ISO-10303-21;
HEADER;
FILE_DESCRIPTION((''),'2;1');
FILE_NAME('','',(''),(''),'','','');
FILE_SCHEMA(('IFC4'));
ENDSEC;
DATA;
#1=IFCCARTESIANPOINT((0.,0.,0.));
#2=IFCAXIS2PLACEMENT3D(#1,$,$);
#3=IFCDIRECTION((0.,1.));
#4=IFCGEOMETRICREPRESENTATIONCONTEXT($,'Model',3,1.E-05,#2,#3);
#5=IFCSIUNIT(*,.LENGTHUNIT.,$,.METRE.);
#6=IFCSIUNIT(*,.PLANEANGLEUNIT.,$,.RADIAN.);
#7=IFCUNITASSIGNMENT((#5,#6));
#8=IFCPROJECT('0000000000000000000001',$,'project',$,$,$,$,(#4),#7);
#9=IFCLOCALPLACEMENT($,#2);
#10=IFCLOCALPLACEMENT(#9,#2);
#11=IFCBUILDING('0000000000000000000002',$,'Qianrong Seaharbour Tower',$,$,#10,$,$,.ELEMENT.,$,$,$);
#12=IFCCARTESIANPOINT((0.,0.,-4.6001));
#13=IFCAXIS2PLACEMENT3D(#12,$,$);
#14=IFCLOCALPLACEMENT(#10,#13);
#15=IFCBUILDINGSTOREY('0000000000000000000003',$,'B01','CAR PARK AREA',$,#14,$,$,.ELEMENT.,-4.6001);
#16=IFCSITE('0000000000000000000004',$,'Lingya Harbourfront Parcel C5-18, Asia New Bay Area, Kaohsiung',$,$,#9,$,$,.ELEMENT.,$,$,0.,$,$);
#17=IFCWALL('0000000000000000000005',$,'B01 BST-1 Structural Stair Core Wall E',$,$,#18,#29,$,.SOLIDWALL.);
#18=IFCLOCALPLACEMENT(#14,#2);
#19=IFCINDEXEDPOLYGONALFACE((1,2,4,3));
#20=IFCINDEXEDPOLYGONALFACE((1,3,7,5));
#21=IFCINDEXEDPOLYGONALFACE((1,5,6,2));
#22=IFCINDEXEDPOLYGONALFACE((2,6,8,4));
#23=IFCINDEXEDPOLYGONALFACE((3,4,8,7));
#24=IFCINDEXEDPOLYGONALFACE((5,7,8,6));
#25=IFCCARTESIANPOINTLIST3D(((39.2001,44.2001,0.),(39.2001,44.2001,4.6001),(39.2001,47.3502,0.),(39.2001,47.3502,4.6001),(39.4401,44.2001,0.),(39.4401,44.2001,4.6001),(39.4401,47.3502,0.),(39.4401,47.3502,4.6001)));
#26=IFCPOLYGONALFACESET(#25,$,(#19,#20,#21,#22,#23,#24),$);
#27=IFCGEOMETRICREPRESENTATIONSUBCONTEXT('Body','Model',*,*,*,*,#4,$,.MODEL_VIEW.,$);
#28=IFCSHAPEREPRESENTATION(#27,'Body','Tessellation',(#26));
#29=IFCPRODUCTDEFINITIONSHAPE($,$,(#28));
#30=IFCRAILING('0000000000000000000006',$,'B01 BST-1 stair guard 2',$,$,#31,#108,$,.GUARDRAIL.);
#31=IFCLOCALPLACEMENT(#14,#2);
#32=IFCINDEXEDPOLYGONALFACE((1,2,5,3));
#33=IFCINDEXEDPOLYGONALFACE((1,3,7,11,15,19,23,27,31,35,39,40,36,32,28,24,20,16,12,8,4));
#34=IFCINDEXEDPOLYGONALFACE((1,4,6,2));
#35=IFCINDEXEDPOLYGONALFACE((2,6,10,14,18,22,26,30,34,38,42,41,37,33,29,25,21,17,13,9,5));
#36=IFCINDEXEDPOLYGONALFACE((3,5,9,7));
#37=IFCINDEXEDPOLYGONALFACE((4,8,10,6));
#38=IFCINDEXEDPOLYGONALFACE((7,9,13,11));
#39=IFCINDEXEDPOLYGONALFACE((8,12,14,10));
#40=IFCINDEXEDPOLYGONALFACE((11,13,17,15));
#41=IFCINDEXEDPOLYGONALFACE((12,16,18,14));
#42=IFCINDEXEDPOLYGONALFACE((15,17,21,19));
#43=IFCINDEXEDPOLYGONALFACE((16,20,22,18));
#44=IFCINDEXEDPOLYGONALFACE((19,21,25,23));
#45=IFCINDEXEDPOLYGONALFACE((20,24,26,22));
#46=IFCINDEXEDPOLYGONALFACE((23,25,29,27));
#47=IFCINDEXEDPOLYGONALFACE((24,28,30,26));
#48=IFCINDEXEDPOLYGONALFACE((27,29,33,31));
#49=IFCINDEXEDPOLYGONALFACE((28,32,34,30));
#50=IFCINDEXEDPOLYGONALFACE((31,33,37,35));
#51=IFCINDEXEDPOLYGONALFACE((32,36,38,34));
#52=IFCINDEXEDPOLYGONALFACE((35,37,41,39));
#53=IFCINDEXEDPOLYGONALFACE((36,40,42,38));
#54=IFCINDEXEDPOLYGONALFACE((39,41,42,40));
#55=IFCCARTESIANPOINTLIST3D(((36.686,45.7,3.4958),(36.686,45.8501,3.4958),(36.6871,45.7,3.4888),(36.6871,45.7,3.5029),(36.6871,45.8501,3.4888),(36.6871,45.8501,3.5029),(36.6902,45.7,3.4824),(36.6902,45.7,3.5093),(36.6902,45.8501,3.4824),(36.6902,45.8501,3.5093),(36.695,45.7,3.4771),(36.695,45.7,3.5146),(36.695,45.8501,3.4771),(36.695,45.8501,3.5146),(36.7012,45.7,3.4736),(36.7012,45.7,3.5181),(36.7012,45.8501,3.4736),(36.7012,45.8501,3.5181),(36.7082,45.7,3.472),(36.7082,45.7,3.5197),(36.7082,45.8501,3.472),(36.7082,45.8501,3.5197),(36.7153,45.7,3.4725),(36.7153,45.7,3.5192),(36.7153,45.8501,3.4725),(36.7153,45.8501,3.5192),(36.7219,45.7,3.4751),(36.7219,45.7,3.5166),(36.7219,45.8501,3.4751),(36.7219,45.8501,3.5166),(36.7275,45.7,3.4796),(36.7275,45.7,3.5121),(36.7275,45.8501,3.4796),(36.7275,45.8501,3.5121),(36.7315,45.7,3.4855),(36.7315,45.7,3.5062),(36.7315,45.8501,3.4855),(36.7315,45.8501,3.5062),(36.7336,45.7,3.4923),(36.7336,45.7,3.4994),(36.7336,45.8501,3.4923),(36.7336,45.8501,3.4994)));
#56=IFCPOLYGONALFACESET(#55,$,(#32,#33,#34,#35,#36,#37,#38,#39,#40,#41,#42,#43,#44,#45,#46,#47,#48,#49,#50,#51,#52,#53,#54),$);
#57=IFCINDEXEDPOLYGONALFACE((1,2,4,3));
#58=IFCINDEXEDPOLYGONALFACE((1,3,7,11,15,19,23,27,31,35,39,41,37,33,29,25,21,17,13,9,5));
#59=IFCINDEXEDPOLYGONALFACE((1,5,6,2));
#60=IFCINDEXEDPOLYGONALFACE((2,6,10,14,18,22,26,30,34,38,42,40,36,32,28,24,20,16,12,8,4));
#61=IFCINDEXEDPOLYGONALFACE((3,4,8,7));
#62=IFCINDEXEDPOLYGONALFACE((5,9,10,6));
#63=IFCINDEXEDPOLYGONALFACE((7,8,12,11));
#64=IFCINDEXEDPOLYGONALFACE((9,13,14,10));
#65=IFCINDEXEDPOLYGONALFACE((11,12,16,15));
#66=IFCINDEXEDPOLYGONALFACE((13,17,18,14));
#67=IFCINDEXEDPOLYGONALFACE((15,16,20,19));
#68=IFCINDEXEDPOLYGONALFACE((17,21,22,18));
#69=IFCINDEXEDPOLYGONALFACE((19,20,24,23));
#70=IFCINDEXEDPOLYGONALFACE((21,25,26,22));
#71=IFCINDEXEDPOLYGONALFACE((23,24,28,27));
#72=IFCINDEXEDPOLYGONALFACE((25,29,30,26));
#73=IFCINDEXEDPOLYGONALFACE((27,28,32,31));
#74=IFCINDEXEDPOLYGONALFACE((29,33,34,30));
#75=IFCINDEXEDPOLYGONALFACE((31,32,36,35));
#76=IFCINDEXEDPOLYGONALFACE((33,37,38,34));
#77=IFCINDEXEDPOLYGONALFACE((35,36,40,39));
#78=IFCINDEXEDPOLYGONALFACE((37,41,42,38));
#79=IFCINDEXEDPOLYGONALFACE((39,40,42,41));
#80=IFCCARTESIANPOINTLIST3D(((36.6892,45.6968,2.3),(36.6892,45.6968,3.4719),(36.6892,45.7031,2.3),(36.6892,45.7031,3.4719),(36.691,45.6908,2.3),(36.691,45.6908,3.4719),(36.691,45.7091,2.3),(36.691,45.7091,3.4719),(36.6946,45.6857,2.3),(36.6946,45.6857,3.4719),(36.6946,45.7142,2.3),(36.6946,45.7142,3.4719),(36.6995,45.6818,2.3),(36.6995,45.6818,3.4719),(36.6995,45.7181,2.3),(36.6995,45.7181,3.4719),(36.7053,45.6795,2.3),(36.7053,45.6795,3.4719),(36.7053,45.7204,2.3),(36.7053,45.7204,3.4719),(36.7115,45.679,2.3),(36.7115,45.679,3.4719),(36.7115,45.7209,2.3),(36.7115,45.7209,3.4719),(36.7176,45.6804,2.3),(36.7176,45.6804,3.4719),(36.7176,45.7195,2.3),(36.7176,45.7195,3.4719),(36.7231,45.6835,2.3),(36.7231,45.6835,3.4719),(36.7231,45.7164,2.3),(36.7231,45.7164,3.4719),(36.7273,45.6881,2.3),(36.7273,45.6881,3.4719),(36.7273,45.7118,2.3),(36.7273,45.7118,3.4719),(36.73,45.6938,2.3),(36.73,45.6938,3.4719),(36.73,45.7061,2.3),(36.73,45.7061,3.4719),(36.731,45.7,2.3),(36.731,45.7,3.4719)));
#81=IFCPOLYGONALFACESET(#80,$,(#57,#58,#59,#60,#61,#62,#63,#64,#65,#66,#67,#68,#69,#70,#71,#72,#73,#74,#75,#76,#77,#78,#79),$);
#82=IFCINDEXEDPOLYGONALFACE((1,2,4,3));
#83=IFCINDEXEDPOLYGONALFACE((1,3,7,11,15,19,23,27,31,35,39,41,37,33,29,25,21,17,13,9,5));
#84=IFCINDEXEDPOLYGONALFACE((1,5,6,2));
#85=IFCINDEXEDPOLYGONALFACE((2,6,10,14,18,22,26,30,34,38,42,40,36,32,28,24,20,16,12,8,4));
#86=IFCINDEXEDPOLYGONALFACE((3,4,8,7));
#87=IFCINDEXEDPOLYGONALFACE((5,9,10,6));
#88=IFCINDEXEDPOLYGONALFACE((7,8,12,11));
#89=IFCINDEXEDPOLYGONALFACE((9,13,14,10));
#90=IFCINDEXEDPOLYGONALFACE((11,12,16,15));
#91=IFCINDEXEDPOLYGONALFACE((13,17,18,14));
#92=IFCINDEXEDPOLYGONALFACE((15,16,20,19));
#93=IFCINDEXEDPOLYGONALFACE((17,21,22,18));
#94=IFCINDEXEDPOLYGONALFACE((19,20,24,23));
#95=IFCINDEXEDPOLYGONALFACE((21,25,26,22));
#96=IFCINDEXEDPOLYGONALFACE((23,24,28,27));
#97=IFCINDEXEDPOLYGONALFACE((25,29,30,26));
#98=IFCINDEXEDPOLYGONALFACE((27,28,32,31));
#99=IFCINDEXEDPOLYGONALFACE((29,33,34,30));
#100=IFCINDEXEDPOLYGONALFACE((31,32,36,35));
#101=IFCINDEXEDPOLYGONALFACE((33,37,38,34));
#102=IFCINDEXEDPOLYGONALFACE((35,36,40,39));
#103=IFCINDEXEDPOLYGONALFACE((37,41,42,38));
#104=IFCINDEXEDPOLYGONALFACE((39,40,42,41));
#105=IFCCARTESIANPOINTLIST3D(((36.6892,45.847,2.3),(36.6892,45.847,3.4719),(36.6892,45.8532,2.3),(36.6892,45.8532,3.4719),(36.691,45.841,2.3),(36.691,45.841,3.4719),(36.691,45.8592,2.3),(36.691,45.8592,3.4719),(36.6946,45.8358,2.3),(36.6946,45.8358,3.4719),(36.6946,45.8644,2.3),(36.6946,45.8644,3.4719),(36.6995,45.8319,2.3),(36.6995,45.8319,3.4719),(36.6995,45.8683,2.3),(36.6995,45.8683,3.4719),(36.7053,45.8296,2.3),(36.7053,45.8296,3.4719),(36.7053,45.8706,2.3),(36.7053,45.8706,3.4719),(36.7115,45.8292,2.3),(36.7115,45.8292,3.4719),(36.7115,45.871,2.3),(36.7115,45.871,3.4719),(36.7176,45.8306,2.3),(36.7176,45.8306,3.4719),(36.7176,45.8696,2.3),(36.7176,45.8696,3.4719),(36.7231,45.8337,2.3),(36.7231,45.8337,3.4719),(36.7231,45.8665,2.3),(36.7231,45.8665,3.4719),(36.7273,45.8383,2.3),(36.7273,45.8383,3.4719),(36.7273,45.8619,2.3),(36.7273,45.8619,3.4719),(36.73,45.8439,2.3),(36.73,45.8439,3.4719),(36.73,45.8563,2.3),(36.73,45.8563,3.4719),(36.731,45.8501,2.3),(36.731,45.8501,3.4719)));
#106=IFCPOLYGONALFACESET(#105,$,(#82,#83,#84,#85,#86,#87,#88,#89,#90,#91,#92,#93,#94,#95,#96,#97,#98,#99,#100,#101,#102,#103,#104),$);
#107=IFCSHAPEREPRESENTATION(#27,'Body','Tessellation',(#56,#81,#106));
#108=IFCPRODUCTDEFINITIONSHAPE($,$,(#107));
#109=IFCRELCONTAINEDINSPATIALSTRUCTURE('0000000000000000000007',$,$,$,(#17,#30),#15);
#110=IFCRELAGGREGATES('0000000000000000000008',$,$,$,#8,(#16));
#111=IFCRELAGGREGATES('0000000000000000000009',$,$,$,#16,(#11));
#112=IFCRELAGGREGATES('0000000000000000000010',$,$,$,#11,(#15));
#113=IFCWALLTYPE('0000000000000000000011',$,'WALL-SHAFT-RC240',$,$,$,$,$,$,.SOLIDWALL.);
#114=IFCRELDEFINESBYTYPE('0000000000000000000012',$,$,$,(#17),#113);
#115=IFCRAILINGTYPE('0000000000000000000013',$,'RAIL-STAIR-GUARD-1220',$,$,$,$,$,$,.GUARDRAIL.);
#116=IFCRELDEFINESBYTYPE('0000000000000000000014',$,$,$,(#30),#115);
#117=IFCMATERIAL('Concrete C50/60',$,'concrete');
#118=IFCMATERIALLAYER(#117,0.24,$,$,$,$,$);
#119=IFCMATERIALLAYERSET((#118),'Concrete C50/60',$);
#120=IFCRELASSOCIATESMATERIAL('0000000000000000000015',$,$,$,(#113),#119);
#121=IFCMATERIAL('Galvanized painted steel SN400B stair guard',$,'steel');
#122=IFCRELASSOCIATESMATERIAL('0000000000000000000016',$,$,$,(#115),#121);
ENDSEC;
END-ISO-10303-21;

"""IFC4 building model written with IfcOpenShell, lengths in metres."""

from ifc_helpers import new_model, si_unit, direction, frame, frame_2d, origin, origin_2d, place, context, subcontext, project, spatial, rectangle, circle, extrude, material, layer, layer_set, type_object, element, save


model = new_model("IFC4")

# Units and contexts
model_context = context("Model", 3, precision=1e-05, world=origin(), true_north=direction((0.0, 1.0)))
body_context = subcontext(model_context, "Body", "Model", "MODEL_VIEW")
ifc_project = project(units=[si_unit("LENGTHUNIT", "METRE"), si_unit("PLANEANGLEUNIT", "RADIAN")], contexts=[model_context])

# Site, building, storey
site_placement = place(None, origin())
site = spatial("IfcSite", under=ifc_project, at=site_placement, Name="Lingya Harbourfront Parcel C5-18, Asia New Bay Area, Kaohsiung", CompositionType="ELEMENT", RefElevation=0.0)
building_placement = place(site_placement, origin())
building = spatial("IfcBuilding", under=site, at=building_placement, Name="Qianrong Seaharbour Tower", CompositionType="ELEMENT")
storey_placement = place(building_placement, frame((0.0, 0.0, -4.6001)))
storey = spatial("IfcBuildingStorey", under=building, at=storey_placement, Name="B01", Description="CAR PARK AREA", CompositionType="ELEMENT", Elevation=-4.6001)

# Wall
ifc_material_1 = material(Name="Concrete C50/60", Category="concrete")
ifc_layer_1 = layer(ifc_material_1, 0.24)
ifc_layer_set_1 = layer_set([ifc_layer_1], Name="Concrete C50/60")
wall_type_1 = type_object("IfcWallType", Name="WALL-SHAFT-RC240", PredefinedType="SOLIDWALL", material=ifc_layer_set_1)
wall_1_placement = place(storey_placement, frame((39.3201, 44.2, 0.0), z_axis=(0.0, 0.0, 1.0), x_axis=(0.0, 1.0, 0.0)))
element("IfcWall", 1, at=wall_1_placement, inside=storey, type_object=wall_type_1, Name="B01 BST-1 Structural Stair Core Wall E", PredefinedType="SOLIDWALL", context=body_context, shape_type="SweptSolid", body=[
    extrude(rectangle(XDim=3.1501, YDim=0.24, at=frame_2d((1.5752, 0.0))), origin(), (0.0, 0.0, 1.0), 4.6001),
])

# Railing
ifc_material_2 = material(Name="Galvanized painted steel SN400B stair guard", Category="steel")
railing_type = type_object("IfcRailingType", Name="RAIL-STAIR-GUARD-1220", PredefinedType="GUARDRAIL", material=ifc_material_2)
railing_placement = place(storey_placement, frame((36.71, 45.7, 2.3)))
element("IfcRailing", 2, at=railing_placement, inside=storey, type_object=railing_type, Name="B01 BST-1 stair guard 2", PredefinedType="GUARDRAIL", context=body_context, shape_type="SweptSolid", body=[
    extrude(circle(Radius=0.0239, at=origin_2d()), frame((0.0, 0.0, 1.1958), z_axis=(0.0, 1.0, 0.0), x_axis=(-1.0, 0.0, 0.0)), (0.0, 0.0, 1.0), 0.1501),
    extrude(circle(Radius=0.021, at=origin_2d()), origin(), (0.0, 0.0, 1.0), 1.1719),
    extrude(circle(Radius=0.021, at=origin_2d()), frame((0.0, 0.1501, 0.0)), (0.0, 0.0, 1.0), 1.1719),
])

save(model, "model.ifc")
